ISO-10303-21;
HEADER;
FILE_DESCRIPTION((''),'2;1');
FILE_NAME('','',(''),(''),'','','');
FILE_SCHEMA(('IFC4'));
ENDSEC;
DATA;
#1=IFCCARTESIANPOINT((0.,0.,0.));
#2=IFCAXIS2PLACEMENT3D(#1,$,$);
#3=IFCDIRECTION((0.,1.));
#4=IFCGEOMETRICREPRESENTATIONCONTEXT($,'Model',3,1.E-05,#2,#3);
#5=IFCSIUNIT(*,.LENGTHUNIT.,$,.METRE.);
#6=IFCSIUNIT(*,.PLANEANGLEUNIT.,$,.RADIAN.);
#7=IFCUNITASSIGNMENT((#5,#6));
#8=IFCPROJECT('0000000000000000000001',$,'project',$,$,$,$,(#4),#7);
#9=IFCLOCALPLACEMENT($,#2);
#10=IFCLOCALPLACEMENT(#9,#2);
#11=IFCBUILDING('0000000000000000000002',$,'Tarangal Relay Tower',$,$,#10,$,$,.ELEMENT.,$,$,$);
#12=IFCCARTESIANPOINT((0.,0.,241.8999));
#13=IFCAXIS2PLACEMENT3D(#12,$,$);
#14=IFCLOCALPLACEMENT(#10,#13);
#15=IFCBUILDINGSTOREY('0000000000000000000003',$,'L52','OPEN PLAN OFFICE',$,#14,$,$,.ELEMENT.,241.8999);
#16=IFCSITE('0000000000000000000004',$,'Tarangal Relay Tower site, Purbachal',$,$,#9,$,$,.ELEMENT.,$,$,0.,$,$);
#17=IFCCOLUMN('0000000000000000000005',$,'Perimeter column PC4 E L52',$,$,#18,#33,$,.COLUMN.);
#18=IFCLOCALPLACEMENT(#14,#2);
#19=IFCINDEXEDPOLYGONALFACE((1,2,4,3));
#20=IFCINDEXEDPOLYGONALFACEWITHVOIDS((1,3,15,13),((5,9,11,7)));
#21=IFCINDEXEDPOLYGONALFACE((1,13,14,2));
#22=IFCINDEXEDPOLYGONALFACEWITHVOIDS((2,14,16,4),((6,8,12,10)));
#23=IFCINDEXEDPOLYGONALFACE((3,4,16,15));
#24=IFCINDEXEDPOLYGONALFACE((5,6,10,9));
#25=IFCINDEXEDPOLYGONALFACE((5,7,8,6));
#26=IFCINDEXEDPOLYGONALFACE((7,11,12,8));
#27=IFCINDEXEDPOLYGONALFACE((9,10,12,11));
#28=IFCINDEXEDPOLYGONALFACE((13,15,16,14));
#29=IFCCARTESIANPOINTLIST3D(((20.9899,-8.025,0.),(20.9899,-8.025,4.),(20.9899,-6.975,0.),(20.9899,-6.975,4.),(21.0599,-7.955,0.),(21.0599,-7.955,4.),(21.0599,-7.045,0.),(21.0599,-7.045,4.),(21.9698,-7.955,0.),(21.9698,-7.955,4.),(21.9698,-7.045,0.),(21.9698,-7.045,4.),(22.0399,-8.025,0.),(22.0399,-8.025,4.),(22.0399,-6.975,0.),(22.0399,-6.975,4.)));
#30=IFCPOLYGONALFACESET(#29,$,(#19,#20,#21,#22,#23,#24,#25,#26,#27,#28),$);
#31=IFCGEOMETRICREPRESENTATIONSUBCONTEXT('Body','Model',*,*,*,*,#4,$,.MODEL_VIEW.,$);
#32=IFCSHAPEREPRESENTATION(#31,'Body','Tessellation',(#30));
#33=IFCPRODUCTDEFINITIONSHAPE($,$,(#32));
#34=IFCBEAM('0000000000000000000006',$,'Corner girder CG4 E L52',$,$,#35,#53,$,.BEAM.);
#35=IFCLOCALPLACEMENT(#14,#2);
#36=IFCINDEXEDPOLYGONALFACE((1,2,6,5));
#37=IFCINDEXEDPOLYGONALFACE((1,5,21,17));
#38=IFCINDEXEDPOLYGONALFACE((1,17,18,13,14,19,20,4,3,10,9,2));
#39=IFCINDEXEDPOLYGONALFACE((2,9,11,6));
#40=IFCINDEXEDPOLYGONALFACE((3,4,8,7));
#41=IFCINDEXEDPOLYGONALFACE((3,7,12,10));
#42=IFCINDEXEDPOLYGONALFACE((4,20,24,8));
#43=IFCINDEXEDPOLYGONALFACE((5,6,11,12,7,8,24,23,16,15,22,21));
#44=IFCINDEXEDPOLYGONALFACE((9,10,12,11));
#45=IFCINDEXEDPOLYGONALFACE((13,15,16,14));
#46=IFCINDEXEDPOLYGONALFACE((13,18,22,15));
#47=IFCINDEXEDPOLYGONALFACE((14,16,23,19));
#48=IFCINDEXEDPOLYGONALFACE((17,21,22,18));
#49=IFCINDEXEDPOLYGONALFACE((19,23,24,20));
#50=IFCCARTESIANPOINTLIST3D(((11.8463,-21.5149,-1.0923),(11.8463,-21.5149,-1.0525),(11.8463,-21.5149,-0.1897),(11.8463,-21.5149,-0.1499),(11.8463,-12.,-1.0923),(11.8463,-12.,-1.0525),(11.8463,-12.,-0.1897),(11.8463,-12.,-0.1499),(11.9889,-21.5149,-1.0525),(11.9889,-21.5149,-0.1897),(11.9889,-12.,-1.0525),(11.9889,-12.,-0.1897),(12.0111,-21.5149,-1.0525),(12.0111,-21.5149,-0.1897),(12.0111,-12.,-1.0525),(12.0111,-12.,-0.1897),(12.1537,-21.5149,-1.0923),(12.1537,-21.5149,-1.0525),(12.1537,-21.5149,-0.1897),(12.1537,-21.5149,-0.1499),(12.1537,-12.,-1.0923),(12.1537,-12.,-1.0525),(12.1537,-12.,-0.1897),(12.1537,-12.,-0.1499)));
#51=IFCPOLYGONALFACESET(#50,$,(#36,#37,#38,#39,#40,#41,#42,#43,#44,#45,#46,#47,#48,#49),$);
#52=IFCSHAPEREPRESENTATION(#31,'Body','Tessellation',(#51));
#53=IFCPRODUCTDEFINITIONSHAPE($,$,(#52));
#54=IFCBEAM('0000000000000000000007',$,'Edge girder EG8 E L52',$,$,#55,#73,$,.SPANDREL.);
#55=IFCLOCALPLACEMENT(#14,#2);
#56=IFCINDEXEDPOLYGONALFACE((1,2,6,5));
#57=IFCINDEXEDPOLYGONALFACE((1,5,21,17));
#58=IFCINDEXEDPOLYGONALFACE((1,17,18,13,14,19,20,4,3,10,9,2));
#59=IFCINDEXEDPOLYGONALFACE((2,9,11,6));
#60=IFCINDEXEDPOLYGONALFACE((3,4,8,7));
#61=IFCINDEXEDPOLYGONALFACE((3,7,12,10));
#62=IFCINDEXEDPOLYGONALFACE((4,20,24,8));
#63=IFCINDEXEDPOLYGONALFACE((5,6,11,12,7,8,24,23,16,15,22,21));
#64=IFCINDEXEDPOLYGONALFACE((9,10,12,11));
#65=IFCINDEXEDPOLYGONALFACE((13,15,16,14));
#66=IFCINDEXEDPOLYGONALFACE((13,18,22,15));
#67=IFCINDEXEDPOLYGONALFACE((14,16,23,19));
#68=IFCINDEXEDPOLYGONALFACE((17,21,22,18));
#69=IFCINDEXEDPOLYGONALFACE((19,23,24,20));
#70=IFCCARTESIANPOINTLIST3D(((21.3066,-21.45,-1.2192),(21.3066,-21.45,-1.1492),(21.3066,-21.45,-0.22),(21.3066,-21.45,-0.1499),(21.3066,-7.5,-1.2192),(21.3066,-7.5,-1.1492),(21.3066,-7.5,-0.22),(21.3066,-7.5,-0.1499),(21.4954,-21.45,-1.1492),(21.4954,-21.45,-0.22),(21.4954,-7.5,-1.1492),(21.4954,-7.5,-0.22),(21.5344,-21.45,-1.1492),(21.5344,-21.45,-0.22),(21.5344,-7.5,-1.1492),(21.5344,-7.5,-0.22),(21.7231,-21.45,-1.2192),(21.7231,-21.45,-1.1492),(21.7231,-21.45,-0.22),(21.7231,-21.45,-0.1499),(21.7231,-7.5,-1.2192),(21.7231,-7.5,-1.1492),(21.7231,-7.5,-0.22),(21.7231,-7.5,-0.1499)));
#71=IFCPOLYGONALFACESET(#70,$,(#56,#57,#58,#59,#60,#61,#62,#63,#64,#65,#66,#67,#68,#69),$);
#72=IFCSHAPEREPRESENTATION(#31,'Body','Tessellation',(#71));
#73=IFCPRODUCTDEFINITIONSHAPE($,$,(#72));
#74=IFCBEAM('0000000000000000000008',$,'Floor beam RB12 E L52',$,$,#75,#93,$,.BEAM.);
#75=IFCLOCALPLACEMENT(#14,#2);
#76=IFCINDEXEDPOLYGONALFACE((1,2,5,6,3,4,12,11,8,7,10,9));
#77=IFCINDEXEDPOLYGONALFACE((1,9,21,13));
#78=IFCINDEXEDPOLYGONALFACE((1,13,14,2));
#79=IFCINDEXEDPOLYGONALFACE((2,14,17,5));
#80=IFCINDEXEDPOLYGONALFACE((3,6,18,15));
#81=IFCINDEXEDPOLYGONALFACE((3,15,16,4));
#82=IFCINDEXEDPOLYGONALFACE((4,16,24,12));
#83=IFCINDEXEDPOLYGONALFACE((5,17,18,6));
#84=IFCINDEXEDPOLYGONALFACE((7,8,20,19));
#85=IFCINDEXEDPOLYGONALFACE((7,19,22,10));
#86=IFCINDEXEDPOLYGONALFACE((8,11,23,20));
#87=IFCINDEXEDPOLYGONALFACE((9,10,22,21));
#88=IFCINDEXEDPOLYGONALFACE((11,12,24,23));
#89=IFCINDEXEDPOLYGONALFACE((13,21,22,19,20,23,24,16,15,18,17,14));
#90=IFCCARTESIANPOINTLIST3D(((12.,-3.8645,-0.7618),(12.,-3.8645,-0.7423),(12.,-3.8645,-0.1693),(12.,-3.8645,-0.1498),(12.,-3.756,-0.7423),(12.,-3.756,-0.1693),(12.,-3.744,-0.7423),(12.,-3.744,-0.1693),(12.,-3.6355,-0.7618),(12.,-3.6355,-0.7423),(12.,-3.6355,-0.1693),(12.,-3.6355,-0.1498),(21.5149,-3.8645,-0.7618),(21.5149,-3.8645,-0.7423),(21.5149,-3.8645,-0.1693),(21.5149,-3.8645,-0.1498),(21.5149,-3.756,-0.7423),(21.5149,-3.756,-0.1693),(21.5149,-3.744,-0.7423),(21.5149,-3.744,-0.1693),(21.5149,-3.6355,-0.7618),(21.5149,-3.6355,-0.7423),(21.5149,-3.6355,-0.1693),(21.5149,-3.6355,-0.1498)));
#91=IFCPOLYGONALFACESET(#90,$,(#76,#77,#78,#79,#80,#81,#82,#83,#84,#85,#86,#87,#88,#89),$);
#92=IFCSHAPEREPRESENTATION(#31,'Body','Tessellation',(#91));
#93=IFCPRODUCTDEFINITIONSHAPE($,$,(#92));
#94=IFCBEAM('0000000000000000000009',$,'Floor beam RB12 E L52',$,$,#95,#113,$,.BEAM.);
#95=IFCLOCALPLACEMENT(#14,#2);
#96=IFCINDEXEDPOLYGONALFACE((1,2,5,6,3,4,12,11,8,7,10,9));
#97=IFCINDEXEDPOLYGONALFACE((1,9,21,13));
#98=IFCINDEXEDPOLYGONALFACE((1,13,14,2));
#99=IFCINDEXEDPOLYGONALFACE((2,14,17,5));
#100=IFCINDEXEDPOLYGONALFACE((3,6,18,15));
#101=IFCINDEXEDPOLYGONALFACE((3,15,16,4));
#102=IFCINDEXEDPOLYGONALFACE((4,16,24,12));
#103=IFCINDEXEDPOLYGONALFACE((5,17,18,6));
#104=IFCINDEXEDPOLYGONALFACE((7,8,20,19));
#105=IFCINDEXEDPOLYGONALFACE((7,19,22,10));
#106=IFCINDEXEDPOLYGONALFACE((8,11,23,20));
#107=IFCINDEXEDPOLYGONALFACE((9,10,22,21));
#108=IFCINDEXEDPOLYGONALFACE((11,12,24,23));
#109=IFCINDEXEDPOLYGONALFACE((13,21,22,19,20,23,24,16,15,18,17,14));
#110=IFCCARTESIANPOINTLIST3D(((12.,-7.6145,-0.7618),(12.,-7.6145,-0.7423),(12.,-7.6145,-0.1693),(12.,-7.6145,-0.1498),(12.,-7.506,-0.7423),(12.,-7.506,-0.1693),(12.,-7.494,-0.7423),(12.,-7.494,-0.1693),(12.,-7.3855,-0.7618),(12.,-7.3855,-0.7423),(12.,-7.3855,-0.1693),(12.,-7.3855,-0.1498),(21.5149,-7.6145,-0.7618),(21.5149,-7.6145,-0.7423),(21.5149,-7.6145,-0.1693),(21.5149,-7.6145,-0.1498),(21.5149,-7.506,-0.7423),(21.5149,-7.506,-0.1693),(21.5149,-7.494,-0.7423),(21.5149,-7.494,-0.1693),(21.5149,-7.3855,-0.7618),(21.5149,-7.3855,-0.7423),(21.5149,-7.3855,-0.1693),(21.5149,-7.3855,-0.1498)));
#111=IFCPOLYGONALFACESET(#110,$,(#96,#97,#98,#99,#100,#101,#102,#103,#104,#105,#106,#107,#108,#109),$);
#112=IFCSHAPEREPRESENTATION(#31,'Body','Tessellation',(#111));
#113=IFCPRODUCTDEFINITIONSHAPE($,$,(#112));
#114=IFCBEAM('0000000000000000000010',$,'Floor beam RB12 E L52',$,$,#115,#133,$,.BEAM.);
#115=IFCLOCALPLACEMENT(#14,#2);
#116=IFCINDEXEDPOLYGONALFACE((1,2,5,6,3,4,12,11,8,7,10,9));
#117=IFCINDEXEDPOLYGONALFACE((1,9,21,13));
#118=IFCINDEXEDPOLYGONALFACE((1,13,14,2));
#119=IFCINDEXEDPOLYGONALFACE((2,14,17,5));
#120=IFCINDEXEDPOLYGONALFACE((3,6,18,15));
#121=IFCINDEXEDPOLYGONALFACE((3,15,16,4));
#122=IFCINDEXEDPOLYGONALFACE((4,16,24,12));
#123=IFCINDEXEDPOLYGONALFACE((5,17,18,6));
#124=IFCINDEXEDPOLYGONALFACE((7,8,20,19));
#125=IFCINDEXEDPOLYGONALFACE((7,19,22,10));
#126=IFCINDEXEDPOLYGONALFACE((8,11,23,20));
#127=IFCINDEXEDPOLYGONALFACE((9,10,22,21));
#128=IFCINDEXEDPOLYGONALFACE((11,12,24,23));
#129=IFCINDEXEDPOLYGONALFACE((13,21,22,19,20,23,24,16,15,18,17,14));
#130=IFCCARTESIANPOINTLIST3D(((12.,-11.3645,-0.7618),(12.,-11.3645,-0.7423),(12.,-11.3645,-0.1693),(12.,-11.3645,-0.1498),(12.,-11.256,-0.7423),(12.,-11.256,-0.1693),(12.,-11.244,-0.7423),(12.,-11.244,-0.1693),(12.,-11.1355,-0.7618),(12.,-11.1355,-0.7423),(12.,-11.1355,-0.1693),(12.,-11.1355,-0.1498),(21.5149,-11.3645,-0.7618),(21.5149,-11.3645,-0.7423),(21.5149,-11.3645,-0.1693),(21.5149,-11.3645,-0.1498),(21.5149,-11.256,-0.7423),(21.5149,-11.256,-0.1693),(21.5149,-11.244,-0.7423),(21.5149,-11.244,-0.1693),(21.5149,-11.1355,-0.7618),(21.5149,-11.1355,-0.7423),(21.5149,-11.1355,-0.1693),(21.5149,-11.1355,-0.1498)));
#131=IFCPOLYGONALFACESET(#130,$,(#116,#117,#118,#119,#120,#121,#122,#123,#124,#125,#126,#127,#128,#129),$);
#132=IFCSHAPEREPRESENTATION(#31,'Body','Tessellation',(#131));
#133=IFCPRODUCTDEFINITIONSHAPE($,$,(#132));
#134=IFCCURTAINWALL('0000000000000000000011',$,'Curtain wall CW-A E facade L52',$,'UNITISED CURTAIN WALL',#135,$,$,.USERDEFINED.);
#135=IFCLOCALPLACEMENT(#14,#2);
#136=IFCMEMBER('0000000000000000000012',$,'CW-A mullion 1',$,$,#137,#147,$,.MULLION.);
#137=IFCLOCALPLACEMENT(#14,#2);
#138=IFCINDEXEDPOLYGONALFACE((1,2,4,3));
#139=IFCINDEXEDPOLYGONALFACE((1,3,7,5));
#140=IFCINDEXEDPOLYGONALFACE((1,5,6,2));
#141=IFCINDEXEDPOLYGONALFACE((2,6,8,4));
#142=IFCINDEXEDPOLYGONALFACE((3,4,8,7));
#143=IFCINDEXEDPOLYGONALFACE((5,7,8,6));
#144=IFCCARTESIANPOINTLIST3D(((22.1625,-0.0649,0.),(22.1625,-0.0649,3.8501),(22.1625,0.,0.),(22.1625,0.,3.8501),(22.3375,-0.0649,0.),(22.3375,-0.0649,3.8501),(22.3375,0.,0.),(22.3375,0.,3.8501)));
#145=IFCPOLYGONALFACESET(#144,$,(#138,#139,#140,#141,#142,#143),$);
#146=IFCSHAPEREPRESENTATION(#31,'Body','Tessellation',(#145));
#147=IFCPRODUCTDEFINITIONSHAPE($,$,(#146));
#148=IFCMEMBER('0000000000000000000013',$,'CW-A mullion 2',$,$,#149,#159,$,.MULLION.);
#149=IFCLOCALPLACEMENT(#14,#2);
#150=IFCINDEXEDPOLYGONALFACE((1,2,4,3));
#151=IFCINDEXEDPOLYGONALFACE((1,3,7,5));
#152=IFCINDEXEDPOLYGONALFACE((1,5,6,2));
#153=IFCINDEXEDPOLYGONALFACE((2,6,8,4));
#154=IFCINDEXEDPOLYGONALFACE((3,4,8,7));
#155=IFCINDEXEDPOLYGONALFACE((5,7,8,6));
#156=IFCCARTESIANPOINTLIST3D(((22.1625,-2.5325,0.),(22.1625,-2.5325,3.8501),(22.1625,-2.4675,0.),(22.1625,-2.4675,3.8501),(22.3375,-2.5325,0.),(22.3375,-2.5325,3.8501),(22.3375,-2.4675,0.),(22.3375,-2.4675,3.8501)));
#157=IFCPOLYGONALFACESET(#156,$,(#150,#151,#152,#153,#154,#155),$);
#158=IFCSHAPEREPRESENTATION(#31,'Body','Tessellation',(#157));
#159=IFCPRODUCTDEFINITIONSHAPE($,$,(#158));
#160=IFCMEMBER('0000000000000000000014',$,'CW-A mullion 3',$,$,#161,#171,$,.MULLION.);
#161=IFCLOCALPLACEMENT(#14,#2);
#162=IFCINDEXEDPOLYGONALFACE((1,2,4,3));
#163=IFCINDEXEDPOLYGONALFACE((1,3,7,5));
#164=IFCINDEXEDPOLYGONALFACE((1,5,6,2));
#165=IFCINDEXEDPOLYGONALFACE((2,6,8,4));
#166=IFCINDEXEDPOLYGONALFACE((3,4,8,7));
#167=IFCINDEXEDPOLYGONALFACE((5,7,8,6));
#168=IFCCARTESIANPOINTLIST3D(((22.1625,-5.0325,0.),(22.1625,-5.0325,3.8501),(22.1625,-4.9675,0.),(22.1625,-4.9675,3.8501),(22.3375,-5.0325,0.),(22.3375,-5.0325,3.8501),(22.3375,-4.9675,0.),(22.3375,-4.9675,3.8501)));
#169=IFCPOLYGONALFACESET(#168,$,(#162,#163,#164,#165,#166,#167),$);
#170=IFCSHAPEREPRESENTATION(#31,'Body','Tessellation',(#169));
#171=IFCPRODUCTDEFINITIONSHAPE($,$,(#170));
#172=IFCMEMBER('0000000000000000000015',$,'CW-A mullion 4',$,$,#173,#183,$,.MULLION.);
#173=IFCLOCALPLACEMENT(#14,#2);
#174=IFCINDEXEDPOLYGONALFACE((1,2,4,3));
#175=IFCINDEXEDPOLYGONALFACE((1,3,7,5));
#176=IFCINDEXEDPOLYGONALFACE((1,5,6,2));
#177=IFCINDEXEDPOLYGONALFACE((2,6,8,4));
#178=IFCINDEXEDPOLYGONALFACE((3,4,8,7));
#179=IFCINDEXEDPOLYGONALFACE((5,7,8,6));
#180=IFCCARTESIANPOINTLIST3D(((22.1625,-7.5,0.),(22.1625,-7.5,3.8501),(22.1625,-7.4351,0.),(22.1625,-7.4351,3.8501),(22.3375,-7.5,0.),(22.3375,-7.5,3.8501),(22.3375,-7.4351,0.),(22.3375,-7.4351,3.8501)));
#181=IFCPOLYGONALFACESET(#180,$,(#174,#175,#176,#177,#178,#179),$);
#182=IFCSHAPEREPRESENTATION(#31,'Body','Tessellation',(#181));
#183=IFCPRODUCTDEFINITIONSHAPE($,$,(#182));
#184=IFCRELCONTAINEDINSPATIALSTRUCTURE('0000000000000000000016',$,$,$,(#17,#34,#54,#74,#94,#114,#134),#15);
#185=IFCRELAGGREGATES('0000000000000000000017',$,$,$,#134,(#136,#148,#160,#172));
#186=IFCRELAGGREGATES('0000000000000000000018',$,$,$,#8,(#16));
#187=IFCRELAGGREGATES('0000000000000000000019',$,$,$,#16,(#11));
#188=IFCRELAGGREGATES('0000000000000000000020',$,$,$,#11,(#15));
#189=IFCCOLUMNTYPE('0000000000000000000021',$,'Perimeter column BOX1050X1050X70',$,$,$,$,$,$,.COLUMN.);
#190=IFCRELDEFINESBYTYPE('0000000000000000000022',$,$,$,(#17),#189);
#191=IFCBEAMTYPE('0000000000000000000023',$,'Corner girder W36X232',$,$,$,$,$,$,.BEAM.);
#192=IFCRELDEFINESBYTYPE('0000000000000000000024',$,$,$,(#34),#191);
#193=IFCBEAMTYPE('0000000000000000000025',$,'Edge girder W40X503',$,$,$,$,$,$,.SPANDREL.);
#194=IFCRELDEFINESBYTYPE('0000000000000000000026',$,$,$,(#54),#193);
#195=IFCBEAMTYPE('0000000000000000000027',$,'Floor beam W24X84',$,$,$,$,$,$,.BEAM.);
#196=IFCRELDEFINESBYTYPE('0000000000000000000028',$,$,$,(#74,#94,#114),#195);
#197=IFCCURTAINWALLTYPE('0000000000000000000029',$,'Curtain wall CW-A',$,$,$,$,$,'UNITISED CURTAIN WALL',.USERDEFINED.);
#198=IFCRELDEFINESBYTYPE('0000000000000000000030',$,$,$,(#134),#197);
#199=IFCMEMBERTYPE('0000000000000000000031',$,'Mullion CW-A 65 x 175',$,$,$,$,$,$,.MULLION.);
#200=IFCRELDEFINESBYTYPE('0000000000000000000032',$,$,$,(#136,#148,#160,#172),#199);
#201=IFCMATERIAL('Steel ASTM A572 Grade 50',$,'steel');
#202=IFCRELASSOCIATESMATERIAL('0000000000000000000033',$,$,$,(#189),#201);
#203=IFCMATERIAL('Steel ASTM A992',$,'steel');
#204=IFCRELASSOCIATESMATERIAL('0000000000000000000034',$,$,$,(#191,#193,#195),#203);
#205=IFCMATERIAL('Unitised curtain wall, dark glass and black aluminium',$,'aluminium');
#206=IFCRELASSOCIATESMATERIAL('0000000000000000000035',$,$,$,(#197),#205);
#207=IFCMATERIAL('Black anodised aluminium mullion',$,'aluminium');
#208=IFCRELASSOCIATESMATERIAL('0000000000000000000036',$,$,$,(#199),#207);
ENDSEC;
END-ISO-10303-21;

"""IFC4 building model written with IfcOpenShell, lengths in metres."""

from ifc_helpers import new_model, si_unit, direction, frame, origin, origin_2d, place, context, subcontext, project, spatial, rectangle, hollow_rectangle, i_section, extrude, material, material_profile, profile_set, type_object, element, aggregate, save


model = new_model("IFC4")

# Units and contexts
model_context = context("Model", 3, precision=1e-05, world=origin(), true_north=direction((0.0, 1.0)))
body_context = subcontext(model_context, "Body", "Model", "MODEL_VIEW")
ifc_project = project(units=[si_unit("LENGTHUNIT", "METRE"), si_unit("PLANEANGLEUNIT", "RADIAN")], contexts=[model_context])

# Site, building, storey
site_placement = place(None, origin())
site = spatial("IfcSite", under=ifc_project, at=site_placement, Name="Tarangal Relay Tower site, Purbachal", CompositionType="ELEMENT", RefElevation=0.0)
building_placement = place(site_placement, origin())
building = spatial("IfcBuilding", under=site, at=building_placement, Name="Tarangal Relay Tower", CompositionType="ELEMENT")
storey_placement = place(building_placement, frame((0.0, 0.0, 241.8999)))
storey = spatial("IfcBuildingStorey", under=building, at=storey_placement, Name="L52", Description="OPEN PLAN OFFICE", CompositionType="ELEMENT", Elevation=241.8999)

# Column
ifc_material_1 = material(Name="Steel ASTM A572 Grade 50", Category="steel")
ifc_material_profile_1 = material_profile(ifc_material_1, hollow_rectangle(XDim=1.05, YDim=1.05, WallThickness=0.0701, at=origin_2d()), Name="BOX1050X1050X70")
ifc_profile_set_1 = profile_set([ifc_material_profile_1], Name="Steel ASTM A572 Grade 50")
column_type = type_object("IfcColumnType", Name="Perimeter column BOX1050X1050X70", PredefinedType="COLUMN", material=ifc_profile_set_1)
column_placement = place(storey_placement, frame((21.5149, -7.5, 0.0), z_axis=(0.0, 0.0, 1.0), x_axis=(1.0, 0.0, 0.0)))
element("IfcColumn", 1, at=column_placement, inside=storey, type_object=column_type, Name="Perimeter column PC4 E L52", PredefinedType="COLUMN", context=body_context, shape_type="SweptSolid", body=[
    extrude(hollow_rectangle(XDim=1.05, YDim=1.05, WallThickness=0.0701, at=origin_2d()), origin(), (0.0, 0.0, 1.0), 4.0),
])

# Beams
ifc_material_2 = material(Name="Steel ASTM A992", Category="steel")
ifc_material_profile_2 = material_profile(ifc_material_2, i_section(OverallWidth=0.3074, OverallDepth=0.9424, WebThickness=0.0222, FlangeThickness=0.0398, at=origin_2d()), Name="W36X232")
ifc_profile_set_2 = profile_set([ifc_material_profile_2], Name="Steel ASTM A992")
beam_type_1 = type_object("IfcBeamType", Name="Corner girder W36X232", PredefinedType="BEAM", material=ifc_profile_set_2)
beam_1_placement = place(storey_placement, frame((12.0, -12.0, -0.6211), z_axis=(0.0, -1.0, 0.0), x_axis=(1.0, 0.0, 0.0)))
element("IfcBeam", 2, at=beam_1_placement, inside=storey, type_object=beam_type_1, Name="Corner girder CG4 E L52", PredefinedType="BEAM", context=body_context, shape_type="SweptSolid", body=[
    extrude(i_section(OverallWidth=0.3074, OverallDepth=0.9424, WebThickness=0.0222, FlangeThickness=0.0398, at=origin_2d()), origin(), (0.0, 0.0, 1.0), 9.5149),
])
ifc_material_profile_3 = material_profile(ifc_material_2, i_section(OverallWidth=0.4165, OverallDepth=1.0693, WebThickness=0.0391, FlangeThickness=0.0701, at=origin_2d()), Name="W40X503")
ifc_profile_set_3 = profile_set([ifc_material_profile_3], Name="Steel ASTM A992")
beam_type_2 = type_object("IfcBeamType", Name="Edge girder W40X503", PredefinedType="SPANDREL", material=ifc_profile_set_3)
beam_2_placement = place(storey_placement, frame((21.5149, -7.5, -0.6846), z_axis=(0.0, -1.0, 0.0), x_axis=(1.0, 0.0, 0.0)))
element("IfcBeam", 3, at=beam_2_placement, inside=storey, type_object=beam_type_2, Name="Edge girder EG8 E L52", PredefinedType="SPANDREL", context=body_context, shape_type="SweptSolid", body=[
    extrude(i_section(OverallWidth=0.4165, OverallDepth=1.0693, WebThickness=0.0391, FlangeThickness=0.0701, at=origin_2d()), origin(), (0.0, 0.0, 1.0), 13.95),
])
ifc_material_profile_4 = material_profile(ifc_material_2, i_section(OverallWidth=0.229, OverallDepth=0.6121, WebThickness=0.012, FlangeThickness=0.0195, at=origin_2d()), Name="W24X84")
ifc_profile_set_4 = profile_set([ifc_material_profile_4], Name="Steel ASTM A992")
beam_type_3 = type_object("IfcBeamType", Name="Floor beam W24X84", PredefinedType="BEAM", material=ifc_profile_set_4)
for number, where, z_axis, x_axis, name in (
    (4, (12.0, -3.75, -0.4558), (1.0, 0.0, 0.0), (0.0, 1.0, 0.0), "Floor beam RB12 E L52"),
    (5, (12.0, -7.5, -0.4558), (1.0, 0.0, 0.0), (0.0, 1.0, 0.0), "Floor beam RB12 E L52"),
    (6, (12.0, -11.25, -0.4558), (1.0, 0.0, 0.0), (0.0, 1.0, 0.0), "Floor beam RB12 E L52"),
):
    element("IfcBeam", number, at=place(storey_placement, frame(where, z_axis=z_axis, x_axis=x_axis)), inside=storey, type_object=beam_type_3, Name=name, PredefinedType="BEAM", context=body_context, shape_type="SweptSolid", body=[
        extrude(i_section(OverallWidth=0.229, OverallDepth=0.6121, WebThickness=0.012, FlangeThickness=0.0195, at=origin_2d()), origin(), (0.0, 0.0, 1.0), 9.5149),
    ])

# Curtain wall, members
ifc_material_3 = material(Name="Unitised curtain wall, dark glass and black aluminium", Category="aluminium")
curtain_wall_type_1 = type_object("IfcCurtainWallType", Name="Curtain wall CW-A", ElementType="UNITISED CURTAIN WALL", PredefinedType="USERDEFINED", material=ifc_material_3)
curtain_wall_1_placement = place(storey_placement, origin())
curtain_wall_1 = element("IfcCurtainWall", 7, at=curtain_wall_1_placement, inside=storey, type_object=curtain_wall_type_1, Name="Curtain wall CW-A E facade L52", ObjectType="UNITISED CURTAIN WALL", PredefinedType="USERDEFINED")
ifc_material_4 = material(Name="Black anodised aluminium mullion", Category="aluminium")
ifc_material_profile_5 = material_profile(ifc_material_4, rectangle(XDim=0.175, YDim=0.0649, at=origin_2d()), Name="CW-AM 65X175")
ifc_profile_set_5 = profile_set([ifc_material_profile_5], Name="Black anodised aluminium mullion")
member_type_1 = type_object("IfcMemberType", Name="Mullion CW-A 65 x 175", PredefinedType="MULLION", material=ifc_profile_set_5)
member_1_placement = place(storey_placement, frame((22.25, -0.0325, 0.0), z_axis=(0.0, 0.0, 1.0), x_axis=(1.0, 0.0, 0.0)))
member_1 = element("IfcMember", 8, at=member_1_placement, type_object=member_type_1, Name="CW-A mullion 1", PredefinedType="MULLION", context=body_context, shape_type="SweptSolid", body=[
    extrude(rectangle(XDim=0.175, YDim=0.0649, at=origin_2d()), origin(), (0.0, 0.0, 1.0), 3.8501),
])
member_2_placement = place(storey_placement, frame((22.25, -2.5, 0.0), z_axis=(0.0, 0.0, 1.0), x_axis=(1.0, 0.0, 0.0)))
member_2 = element("IfcMember", 9, at=member_2_placement, type_object=member_type_1, Name="CW-A mullion 2", PredefinedType="MULLION", context=body_context, shape_type="SweptSolid", body=[
    extrude(rectangle(XDim=0.175, YDim=0.0649, at=origin_2d()), origin(), (0.0, 0.0, 1.0), 3.8501),
])
member_3_placement = place(storey_placement, frame((22.25, -5.0, 0.0), z_axis=(0.0, 0.0, 1.0), x_axis=(1.0, 0.0, 0.0)))
member_3 = element("IfcMember", 10, at=member_3_placement, type_object=member_type_1, Name="CW-A mullion 3", PredefinedType="MULLION", context=body_context, shape_type="SweptSolid", body=[
    extrude(rectangle(XDim=0.175, YDim=0.0649, at=origin_2d()), origin(), (0.0, 0.0, 1.0), 3.8501),
])
member_4_placement = place(storey_placement, frame((22.25, -7.4675, 0.0), z_axis=(0.0, 0.0, 1.0), x_axis=(1.0, 0.0, 0.0)))
member_4 = element("IfcMember", 11, at=member_4_placement, type_object=member_type_1, Name="CW-A mullion 4", PredefinedType="MULLION", context=body_context, shape_type="SweptSolid", body=[
    extrude(rectangle(XDim=0.175, YDim=0.0649, at=origin_2d()), origin(), (0.0, 0.0, 1.0), 3.8501),
])

aggregate(curtain_wall_1, [member_1, member_2, member_3, member_4])

save(model, "model.ifc")
